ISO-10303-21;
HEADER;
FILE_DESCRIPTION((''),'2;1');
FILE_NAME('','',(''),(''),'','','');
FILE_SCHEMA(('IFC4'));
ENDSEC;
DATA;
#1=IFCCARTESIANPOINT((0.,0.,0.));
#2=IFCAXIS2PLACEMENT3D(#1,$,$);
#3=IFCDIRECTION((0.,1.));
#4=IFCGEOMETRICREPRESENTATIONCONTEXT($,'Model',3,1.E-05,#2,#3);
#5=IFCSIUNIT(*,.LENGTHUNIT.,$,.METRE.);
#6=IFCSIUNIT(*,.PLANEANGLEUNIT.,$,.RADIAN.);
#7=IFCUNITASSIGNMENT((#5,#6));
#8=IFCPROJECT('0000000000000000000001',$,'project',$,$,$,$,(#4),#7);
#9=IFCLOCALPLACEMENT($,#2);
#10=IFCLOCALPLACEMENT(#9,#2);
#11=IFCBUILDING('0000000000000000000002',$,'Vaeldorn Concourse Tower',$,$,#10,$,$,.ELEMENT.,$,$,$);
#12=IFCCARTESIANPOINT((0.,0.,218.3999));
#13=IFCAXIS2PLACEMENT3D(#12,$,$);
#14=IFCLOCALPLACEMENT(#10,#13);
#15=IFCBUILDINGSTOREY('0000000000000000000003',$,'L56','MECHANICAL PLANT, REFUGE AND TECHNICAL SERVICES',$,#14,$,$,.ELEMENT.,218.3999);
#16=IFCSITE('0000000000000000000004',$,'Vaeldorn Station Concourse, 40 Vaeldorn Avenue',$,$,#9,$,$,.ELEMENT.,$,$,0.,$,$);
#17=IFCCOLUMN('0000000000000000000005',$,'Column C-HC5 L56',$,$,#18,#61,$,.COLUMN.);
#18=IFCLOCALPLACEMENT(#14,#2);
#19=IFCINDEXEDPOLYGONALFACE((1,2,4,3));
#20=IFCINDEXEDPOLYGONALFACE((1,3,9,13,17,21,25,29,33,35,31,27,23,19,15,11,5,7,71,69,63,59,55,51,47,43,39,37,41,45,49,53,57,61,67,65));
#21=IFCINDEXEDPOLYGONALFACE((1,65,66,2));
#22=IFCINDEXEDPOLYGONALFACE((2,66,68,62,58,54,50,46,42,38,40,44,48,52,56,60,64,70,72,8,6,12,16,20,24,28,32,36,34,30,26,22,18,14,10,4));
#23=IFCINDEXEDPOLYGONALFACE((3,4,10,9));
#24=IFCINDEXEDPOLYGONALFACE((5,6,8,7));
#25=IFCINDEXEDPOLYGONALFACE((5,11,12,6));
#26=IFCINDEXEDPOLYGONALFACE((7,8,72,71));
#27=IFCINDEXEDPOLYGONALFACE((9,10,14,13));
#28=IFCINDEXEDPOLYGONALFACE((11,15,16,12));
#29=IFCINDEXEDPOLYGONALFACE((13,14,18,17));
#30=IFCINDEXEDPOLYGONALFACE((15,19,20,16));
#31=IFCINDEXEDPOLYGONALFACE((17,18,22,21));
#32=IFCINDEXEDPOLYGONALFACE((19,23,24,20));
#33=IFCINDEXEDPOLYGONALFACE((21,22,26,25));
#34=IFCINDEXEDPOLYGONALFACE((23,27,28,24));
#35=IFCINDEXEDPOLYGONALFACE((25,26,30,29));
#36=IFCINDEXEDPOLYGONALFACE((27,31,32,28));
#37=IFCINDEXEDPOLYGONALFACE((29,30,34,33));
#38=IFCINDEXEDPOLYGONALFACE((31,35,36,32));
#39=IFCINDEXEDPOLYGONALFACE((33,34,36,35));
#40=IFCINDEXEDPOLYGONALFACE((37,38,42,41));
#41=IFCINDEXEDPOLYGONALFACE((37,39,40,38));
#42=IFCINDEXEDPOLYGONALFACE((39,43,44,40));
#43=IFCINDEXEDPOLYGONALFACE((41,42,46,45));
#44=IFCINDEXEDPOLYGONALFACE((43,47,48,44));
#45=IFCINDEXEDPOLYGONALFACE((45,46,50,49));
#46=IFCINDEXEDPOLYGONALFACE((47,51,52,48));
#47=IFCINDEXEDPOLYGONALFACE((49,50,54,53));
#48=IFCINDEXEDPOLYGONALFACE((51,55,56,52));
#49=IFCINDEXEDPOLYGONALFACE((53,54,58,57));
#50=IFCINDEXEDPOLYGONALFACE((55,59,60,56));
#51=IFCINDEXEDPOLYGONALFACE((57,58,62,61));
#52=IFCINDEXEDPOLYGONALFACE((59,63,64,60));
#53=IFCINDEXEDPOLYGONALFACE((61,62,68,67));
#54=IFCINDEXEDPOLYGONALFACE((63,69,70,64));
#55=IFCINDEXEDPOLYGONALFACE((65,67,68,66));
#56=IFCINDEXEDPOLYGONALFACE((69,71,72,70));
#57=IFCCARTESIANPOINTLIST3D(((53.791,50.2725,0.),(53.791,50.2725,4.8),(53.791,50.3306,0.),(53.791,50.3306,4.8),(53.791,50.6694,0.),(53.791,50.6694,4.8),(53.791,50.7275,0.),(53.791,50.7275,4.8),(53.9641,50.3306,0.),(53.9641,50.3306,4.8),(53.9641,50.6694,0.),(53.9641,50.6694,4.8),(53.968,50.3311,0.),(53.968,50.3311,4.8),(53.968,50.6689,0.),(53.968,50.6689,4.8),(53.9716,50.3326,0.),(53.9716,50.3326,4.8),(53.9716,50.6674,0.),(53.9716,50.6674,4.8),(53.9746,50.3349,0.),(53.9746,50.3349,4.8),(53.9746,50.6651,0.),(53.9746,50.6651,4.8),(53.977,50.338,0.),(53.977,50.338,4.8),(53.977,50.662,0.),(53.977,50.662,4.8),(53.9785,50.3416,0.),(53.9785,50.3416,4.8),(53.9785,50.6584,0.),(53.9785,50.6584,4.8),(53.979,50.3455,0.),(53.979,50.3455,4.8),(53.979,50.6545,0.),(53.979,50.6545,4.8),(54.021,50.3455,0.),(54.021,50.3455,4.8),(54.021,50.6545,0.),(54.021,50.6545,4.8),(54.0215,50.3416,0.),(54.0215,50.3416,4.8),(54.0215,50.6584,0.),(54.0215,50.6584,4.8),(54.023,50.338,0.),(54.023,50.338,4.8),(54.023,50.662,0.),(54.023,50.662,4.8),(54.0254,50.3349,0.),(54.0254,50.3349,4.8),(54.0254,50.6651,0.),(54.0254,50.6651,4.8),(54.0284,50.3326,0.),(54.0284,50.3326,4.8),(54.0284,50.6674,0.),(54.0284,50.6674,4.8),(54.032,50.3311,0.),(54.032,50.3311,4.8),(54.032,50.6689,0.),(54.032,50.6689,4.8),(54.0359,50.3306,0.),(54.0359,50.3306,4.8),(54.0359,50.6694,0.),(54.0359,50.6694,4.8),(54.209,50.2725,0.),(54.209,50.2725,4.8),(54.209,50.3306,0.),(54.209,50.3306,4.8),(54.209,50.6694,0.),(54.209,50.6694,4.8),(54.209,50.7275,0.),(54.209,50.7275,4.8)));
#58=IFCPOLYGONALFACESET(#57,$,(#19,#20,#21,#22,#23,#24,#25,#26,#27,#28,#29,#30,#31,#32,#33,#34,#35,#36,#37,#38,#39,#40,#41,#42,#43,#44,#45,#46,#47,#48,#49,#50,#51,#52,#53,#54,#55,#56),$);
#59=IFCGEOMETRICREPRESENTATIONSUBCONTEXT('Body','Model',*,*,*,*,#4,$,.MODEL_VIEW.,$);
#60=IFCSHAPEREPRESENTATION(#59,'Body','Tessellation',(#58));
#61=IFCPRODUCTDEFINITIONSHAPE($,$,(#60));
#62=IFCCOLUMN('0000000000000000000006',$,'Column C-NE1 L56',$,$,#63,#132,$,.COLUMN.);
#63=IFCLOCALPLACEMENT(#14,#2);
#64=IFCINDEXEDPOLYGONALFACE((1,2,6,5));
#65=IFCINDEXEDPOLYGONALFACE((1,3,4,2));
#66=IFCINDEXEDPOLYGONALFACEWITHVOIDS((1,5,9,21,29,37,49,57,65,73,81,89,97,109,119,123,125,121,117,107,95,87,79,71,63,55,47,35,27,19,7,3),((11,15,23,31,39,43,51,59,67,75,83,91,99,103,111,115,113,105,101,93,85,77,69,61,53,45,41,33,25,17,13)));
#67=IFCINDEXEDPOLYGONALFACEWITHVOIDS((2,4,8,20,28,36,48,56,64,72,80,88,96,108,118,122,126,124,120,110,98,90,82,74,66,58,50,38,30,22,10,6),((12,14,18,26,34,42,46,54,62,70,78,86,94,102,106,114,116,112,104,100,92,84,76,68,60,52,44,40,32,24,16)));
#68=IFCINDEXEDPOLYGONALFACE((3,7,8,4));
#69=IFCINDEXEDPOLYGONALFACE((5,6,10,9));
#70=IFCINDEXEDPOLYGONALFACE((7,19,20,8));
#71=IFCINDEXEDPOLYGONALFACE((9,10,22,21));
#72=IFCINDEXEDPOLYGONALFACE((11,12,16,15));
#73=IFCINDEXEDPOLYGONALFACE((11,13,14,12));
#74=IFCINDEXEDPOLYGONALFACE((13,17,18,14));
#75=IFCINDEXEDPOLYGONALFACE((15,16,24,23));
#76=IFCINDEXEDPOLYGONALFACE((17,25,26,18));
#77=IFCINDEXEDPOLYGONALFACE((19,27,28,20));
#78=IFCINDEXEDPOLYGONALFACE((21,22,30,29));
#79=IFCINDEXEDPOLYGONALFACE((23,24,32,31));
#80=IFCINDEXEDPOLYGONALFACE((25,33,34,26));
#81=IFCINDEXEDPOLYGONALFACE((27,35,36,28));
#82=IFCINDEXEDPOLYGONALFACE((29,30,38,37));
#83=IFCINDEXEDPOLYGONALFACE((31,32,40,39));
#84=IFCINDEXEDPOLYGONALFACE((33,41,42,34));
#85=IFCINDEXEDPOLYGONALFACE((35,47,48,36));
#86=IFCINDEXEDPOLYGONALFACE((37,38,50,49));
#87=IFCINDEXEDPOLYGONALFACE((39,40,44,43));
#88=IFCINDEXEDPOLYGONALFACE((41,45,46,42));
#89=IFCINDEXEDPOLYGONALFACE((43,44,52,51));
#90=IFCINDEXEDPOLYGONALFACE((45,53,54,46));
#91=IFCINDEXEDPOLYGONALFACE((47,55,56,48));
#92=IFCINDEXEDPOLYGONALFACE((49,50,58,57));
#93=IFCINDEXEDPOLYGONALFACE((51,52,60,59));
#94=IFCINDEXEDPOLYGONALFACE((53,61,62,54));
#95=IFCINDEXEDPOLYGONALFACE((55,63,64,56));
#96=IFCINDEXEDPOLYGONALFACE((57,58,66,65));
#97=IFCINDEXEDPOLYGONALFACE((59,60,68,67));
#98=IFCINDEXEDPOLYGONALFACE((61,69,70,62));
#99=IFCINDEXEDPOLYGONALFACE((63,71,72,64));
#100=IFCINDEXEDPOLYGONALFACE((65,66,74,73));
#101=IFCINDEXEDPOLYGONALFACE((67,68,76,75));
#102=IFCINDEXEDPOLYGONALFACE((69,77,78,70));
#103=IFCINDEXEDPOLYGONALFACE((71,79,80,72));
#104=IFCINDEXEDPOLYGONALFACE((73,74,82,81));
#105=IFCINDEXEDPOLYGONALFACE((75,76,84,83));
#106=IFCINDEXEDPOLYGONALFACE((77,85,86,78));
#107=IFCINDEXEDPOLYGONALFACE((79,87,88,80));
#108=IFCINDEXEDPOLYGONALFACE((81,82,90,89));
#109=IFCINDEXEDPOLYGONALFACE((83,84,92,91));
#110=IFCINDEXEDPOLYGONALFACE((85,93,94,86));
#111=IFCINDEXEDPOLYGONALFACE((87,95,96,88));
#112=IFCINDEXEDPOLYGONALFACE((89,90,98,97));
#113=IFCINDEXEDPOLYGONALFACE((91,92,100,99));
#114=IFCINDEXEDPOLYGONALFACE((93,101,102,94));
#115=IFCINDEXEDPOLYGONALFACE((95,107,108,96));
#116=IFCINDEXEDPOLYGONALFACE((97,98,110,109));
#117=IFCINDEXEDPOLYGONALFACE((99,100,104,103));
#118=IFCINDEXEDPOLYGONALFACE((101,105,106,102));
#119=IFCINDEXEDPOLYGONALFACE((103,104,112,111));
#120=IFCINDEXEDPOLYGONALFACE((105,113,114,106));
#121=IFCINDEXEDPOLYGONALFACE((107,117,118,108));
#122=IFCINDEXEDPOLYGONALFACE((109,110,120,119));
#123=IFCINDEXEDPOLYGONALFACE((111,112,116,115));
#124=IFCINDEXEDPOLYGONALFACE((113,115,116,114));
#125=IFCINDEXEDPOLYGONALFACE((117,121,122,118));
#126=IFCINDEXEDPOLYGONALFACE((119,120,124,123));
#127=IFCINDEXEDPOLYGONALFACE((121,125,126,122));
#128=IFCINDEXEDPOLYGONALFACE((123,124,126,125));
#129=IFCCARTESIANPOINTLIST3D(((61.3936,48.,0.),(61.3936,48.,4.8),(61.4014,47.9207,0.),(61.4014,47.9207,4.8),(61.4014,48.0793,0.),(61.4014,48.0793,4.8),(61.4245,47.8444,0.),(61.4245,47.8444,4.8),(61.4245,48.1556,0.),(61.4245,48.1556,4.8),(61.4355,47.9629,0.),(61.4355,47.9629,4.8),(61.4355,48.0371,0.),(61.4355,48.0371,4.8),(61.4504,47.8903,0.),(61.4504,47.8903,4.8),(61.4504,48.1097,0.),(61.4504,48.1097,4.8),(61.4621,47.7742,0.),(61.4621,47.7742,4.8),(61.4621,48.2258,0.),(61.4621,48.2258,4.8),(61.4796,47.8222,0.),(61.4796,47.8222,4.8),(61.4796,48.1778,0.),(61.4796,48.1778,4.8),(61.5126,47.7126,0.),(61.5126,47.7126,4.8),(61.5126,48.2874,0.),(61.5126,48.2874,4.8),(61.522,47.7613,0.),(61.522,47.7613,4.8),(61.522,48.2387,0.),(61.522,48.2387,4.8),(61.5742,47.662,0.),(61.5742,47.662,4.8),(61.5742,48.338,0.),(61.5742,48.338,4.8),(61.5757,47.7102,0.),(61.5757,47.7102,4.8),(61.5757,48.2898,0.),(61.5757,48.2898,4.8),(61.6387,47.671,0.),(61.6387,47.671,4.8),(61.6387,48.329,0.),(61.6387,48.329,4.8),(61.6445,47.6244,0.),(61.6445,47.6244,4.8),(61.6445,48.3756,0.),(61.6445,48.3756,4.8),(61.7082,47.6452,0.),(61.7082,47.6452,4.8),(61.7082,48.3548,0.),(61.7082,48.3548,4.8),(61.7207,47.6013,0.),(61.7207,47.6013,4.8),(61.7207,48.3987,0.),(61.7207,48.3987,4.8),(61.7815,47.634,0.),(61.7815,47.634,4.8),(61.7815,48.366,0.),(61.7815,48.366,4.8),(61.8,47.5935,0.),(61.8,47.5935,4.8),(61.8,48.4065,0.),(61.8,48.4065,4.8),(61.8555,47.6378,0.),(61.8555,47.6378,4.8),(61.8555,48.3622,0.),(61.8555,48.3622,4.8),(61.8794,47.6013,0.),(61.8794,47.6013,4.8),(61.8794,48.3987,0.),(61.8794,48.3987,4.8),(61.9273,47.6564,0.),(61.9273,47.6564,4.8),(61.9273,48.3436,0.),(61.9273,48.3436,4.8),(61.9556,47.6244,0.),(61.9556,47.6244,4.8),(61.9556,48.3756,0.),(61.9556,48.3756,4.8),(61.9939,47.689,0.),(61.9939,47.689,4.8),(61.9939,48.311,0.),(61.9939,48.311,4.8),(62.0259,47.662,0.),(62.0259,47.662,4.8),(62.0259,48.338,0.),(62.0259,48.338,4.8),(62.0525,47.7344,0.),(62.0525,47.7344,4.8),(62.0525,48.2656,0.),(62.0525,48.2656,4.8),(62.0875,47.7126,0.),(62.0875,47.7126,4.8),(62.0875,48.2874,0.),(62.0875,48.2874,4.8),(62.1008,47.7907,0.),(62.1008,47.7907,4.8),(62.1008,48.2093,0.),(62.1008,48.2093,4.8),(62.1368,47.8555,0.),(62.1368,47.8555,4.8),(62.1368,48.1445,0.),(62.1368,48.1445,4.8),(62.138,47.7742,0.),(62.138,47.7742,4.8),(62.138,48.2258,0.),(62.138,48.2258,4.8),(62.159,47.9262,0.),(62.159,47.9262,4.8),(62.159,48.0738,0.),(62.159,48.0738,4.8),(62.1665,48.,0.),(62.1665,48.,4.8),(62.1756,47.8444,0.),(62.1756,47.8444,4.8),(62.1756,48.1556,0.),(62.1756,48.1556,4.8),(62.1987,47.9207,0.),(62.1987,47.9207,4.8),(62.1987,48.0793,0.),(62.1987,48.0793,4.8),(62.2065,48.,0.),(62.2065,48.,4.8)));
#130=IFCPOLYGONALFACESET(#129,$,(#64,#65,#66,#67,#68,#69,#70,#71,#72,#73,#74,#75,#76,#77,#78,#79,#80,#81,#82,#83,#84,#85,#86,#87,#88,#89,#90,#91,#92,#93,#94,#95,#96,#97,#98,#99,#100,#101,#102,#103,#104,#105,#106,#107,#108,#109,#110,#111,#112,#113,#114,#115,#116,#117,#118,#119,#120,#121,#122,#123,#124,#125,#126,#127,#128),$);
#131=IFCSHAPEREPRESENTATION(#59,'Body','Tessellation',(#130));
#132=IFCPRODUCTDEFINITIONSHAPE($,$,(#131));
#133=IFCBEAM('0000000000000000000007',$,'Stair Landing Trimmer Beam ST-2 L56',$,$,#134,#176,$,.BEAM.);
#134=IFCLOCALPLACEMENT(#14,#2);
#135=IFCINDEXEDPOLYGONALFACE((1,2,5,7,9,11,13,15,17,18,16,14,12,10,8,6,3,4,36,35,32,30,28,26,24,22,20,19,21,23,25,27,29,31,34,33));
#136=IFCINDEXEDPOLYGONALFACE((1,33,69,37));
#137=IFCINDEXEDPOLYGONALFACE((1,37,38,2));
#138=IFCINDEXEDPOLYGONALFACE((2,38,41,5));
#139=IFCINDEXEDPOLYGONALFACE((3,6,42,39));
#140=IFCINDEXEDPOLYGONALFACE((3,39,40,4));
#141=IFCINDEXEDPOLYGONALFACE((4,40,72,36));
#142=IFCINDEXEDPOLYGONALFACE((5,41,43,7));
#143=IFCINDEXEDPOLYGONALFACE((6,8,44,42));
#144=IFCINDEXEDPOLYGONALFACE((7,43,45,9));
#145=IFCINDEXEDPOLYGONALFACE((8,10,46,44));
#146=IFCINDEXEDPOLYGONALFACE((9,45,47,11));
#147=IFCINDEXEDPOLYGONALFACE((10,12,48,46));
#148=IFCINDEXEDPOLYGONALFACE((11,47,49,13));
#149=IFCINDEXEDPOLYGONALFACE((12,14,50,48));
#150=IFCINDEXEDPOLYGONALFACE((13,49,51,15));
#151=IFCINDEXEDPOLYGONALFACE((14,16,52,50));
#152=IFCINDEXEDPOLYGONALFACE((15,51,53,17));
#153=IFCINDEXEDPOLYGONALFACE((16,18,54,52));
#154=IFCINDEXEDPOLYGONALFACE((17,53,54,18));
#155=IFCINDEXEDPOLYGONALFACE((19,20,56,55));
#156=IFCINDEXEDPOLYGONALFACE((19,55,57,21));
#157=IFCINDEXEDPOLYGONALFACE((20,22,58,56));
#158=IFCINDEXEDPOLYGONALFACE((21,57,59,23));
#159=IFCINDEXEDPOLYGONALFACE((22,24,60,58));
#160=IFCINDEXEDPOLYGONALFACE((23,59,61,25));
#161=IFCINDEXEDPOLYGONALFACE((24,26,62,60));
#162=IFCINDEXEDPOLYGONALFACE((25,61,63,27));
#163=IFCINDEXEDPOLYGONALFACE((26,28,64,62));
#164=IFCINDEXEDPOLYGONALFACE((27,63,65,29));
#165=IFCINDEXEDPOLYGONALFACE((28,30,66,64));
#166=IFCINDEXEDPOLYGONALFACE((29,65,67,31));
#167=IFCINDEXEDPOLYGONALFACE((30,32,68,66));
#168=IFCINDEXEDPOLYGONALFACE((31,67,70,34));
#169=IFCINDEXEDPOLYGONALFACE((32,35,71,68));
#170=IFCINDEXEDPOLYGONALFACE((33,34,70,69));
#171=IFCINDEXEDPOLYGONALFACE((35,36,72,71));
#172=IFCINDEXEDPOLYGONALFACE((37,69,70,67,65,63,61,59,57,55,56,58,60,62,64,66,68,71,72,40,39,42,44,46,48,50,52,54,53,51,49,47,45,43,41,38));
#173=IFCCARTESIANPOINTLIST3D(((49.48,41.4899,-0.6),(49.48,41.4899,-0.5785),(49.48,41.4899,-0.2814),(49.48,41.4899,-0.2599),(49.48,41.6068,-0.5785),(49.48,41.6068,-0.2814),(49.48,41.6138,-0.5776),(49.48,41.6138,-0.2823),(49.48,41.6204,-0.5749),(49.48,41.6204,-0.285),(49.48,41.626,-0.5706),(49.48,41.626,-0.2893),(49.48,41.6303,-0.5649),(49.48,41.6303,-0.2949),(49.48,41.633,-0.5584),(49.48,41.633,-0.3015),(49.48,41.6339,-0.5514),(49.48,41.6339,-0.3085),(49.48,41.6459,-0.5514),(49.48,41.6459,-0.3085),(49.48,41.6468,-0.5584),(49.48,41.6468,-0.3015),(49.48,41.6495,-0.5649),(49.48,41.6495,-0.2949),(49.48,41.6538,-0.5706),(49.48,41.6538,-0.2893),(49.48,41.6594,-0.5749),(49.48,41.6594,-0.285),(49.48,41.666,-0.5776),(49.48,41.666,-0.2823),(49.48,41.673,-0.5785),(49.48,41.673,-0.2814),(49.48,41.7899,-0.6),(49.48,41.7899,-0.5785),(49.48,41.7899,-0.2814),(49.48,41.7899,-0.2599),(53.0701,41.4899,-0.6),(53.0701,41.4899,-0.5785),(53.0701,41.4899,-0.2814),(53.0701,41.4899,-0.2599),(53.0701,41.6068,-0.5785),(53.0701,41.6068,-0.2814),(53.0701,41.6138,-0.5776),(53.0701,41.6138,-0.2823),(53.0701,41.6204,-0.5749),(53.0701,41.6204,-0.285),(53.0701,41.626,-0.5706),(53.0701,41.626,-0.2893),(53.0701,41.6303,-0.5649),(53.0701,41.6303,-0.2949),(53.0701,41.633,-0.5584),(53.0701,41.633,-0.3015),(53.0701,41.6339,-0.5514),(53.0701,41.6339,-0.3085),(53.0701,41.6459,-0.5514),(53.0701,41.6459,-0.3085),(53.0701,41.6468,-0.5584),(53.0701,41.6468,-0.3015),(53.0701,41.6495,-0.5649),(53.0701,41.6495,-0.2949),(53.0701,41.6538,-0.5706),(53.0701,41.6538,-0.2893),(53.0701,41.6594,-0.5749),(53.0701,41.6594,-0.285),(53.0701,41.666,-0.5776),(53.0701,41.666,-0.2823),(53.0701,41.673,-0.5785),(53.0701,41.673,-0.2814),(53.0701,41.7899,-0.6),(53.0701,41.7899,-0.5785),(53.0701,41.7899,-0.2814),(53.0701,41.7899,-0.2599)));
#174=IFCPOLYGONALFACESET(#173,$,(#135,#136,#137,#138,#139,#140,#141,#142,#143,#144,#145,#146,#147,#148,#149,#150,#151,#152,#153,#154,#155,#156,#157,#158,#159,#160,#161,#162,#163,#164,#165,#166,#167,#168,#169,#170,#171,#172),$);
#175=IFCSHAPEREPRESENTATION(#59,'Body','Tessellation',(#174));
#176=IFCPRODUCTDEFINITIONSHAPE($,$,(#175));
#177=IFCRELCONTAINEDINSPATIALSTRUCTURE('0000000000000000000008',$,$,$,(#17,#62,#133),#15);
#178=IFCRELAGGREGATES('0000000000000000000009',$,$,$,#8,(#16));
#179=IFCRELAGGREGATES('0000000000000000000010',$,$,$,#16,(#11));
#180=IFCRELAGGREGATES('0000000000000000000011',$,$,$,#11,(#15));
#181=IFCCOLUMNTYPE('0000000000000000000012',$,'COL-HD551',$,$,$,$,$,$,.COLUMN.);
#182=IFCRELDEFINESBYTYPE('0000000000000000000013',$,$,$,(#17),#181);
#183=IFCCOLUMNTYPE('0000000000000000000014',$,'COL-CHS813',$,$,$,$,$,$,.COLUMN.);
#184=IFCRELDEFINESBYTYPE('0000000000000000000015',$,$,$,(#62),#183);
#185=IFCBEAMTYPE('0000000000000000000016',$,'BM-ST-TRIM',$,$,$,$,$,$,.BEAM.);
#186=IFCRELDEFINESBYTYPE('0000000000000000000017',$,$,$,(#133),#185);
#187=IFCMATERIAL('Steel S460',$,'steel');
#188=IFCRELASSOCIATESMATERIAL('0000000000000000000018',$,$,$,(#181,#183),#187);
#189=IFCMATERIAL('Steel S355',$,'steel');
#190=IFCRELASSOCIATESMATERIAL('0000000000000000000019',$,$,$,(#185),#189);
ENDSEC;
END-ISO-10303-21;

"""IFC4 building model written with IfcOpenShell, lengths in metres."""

from ifc_helpers import new_model, si_unit, direction, frame, origin, origin_2d, place, context, subcontext, project, spatial, hollow_circle, i_section, extrude, source, transform, mapped, material, material_profile, profile_set, type_object, element, save


model = new_model("IFC4")

# Units and contexts
model_context = context("Model", 3, precision=1e-05, world=origin(), true_north=direction((0.0, 1.0)))
body_context = subcontext(model_context, "Body", "Model", "MODEL_VIEW")
ifc_project = project(units=[si_unit("LENGTHUNIT", "METRE"), si_unit("PLANEANGLEUNIT", "RADIAN")], contexts=[model_context])

# Site, building, storey
site_placement = place(None, origin())
site = spatial("IfcSite", under=ifc_project, at=site_placement, Name="Vaeldorn Station Concourse, 40 Vaeldorn Avenue", CompositionType="ELEMENT", RefElevation=0.0)
building_placement = place(site_placement, origin())
building = spatial("IfcBuilding", under=site, at=building_placement, Name="Vaeldorn Concourse Tower", CompositionType="ELEMENT")
storey_placement = place(building_placement, frame((0.0, 0.0, 218.3999)))
storey = spatial("IfcBuildingStorey", under=building, at=storey_placement, Name="L56", Description="MECHANICAL PLANT, REFUGE AND TECHNICAL SERVICES", CompositionType="ELEMENT", Elevation=218.3999)

# Columns
ifc_material_1 = material(Name="Steel S460", Category="steel")
ifc_material_profile_1 = material_profile(ifc_material_1, i_section(OverallWidth=0.418, OverallDepth=0.4551, WebThickness=0.042, FlangeThickness=0.0581, FilletRadius=0.0149, at=origin_2d()), Name="HD 400x551")
ifc_profile_set_1 = profile_set([ifc_material_profile_1], Name="Steel S460")
column_type_1 = type_object("IfcColumnType", Name="COL-HD551", PredefinedType="COLUMN", material=ifc_profile_set_1)
shared_shape_1 = source(origin(), body_context, "Body", "SweptSolid", [
    extrude(i_section(OverallWidth=0.418, OverallDepth=0.4551, WebThickness=0.042, FlangeThickness=0.0581, FilletRadius=0.0149, at=origin_2d()), origin(), (0.0, 0.0, 1.0), 4.8),
])
column_1_placement = place(storey_placement, frame((54.0, 50.5, 0.0), z_axis=(0.0, 0.0, 1.0), x_axis=(1.0, 0.0, 0.0)))
element("IfcColumn", 1, at=column_1_placement, inside=storey, type_object=column_type_1, Name="Column C-HC5 L56", PredefinedType="COLUMN", context=body_context, shape_type="MappedRepresentation", body=[
    mapped(shared_shape_1, transform((0.0, 0.0, 0.0), scale=1.0)),
])
ifc_material_profile_2 = material_profile(ifc_material_1, hollow_circle(Radius=0.4065, WallThickness=0.04, at=origin_2d()), Name="CHS 813x40")
ifc_profile_set_2 = profile_set([ifc_material_profile_2], Name="Steel S460")
column_type_2 = type_object("IfcColumnType", Name="COL-CHS813", PredefinedType="COLUMN", material=ifc_profile_set_2)
shared_shape_2 = source(origin(), body_context, "Body", "SweptSolid", [
    extrude(hollow_circle(Radius=0.4065, WallThickness=0.04, at=origin_2d()), origin(), (0.0, 0.0, 1.0), 4.8),
])
column_2_placement = place(storey_placement, frame((61.8, 48.0, 0.0), z_axis=(0.0, 0.0, 1.0), x_axis=(1.0, 0.0, 0.0)))
element("IfcColumn", 2, at=column_2_placement, inside=storey, type_object=column_type_2, Name="Column C-NE1 L56", PredefinedType="COLUMN", context=body_context, shape_type="MappedRepresentation", body=[
    mapped(shared_shape_2, transform((0.0, 0.0, 0.0), scale=1.0)),
])

# Beam
ifc_material_2 = material(Name="Steel S355", Category="steel")
ifc_material_profile_3 = material_profile(ifc_material_2, i_section(OverallWidth=0.3, OverallDepth=0.3401, WebThickness=0.012, FlangeThickness=0.0215, FilletRadius=0.0271, at=origin_2d()), Name="HEB 340")
ifc_profile_set_3 = profile_set([ifc_material_profile_3], Name="Steel S355")
beam_type_1 = type_object("IfcBeamType", Name="BM-ST-TRIM", PredefinedType="BEAM", material=ifc_profile_set_3)
shared_shape_3 = source(origin(), body_context, "Body", "SweptSolid", [
    extrude(i_section(OverallWidth=0.3, OverallDepth=0.3401, WebThickness=0.012, FlangeThickness=0.0215, FilletRadius=0.0271, at=origin_2d()), origin(), (0.0, 0.0, 1.0), 3.5901),
])
beam_1_placement = place(storey_placement, frame((49.48, 41.6399, -0.4299), z_axis=(1.0, 0.0, 0.0), x_axis=(0.0, 1.0, 0.0)))
element("IfcBeam", 3, at=beam_1_placement, inside=storey, type_object=beam_type_1, Name="Stair Landing Trimmer Beam ST-2 L56", PredefinedType="BEAM", context=body_context, shape_type="MappedRepresentation", body=[
    mapped(shared_shape_3, transform((0.0, 0.0, 0.0), scale=1.0)),
])

save(model, "model.ifc")
